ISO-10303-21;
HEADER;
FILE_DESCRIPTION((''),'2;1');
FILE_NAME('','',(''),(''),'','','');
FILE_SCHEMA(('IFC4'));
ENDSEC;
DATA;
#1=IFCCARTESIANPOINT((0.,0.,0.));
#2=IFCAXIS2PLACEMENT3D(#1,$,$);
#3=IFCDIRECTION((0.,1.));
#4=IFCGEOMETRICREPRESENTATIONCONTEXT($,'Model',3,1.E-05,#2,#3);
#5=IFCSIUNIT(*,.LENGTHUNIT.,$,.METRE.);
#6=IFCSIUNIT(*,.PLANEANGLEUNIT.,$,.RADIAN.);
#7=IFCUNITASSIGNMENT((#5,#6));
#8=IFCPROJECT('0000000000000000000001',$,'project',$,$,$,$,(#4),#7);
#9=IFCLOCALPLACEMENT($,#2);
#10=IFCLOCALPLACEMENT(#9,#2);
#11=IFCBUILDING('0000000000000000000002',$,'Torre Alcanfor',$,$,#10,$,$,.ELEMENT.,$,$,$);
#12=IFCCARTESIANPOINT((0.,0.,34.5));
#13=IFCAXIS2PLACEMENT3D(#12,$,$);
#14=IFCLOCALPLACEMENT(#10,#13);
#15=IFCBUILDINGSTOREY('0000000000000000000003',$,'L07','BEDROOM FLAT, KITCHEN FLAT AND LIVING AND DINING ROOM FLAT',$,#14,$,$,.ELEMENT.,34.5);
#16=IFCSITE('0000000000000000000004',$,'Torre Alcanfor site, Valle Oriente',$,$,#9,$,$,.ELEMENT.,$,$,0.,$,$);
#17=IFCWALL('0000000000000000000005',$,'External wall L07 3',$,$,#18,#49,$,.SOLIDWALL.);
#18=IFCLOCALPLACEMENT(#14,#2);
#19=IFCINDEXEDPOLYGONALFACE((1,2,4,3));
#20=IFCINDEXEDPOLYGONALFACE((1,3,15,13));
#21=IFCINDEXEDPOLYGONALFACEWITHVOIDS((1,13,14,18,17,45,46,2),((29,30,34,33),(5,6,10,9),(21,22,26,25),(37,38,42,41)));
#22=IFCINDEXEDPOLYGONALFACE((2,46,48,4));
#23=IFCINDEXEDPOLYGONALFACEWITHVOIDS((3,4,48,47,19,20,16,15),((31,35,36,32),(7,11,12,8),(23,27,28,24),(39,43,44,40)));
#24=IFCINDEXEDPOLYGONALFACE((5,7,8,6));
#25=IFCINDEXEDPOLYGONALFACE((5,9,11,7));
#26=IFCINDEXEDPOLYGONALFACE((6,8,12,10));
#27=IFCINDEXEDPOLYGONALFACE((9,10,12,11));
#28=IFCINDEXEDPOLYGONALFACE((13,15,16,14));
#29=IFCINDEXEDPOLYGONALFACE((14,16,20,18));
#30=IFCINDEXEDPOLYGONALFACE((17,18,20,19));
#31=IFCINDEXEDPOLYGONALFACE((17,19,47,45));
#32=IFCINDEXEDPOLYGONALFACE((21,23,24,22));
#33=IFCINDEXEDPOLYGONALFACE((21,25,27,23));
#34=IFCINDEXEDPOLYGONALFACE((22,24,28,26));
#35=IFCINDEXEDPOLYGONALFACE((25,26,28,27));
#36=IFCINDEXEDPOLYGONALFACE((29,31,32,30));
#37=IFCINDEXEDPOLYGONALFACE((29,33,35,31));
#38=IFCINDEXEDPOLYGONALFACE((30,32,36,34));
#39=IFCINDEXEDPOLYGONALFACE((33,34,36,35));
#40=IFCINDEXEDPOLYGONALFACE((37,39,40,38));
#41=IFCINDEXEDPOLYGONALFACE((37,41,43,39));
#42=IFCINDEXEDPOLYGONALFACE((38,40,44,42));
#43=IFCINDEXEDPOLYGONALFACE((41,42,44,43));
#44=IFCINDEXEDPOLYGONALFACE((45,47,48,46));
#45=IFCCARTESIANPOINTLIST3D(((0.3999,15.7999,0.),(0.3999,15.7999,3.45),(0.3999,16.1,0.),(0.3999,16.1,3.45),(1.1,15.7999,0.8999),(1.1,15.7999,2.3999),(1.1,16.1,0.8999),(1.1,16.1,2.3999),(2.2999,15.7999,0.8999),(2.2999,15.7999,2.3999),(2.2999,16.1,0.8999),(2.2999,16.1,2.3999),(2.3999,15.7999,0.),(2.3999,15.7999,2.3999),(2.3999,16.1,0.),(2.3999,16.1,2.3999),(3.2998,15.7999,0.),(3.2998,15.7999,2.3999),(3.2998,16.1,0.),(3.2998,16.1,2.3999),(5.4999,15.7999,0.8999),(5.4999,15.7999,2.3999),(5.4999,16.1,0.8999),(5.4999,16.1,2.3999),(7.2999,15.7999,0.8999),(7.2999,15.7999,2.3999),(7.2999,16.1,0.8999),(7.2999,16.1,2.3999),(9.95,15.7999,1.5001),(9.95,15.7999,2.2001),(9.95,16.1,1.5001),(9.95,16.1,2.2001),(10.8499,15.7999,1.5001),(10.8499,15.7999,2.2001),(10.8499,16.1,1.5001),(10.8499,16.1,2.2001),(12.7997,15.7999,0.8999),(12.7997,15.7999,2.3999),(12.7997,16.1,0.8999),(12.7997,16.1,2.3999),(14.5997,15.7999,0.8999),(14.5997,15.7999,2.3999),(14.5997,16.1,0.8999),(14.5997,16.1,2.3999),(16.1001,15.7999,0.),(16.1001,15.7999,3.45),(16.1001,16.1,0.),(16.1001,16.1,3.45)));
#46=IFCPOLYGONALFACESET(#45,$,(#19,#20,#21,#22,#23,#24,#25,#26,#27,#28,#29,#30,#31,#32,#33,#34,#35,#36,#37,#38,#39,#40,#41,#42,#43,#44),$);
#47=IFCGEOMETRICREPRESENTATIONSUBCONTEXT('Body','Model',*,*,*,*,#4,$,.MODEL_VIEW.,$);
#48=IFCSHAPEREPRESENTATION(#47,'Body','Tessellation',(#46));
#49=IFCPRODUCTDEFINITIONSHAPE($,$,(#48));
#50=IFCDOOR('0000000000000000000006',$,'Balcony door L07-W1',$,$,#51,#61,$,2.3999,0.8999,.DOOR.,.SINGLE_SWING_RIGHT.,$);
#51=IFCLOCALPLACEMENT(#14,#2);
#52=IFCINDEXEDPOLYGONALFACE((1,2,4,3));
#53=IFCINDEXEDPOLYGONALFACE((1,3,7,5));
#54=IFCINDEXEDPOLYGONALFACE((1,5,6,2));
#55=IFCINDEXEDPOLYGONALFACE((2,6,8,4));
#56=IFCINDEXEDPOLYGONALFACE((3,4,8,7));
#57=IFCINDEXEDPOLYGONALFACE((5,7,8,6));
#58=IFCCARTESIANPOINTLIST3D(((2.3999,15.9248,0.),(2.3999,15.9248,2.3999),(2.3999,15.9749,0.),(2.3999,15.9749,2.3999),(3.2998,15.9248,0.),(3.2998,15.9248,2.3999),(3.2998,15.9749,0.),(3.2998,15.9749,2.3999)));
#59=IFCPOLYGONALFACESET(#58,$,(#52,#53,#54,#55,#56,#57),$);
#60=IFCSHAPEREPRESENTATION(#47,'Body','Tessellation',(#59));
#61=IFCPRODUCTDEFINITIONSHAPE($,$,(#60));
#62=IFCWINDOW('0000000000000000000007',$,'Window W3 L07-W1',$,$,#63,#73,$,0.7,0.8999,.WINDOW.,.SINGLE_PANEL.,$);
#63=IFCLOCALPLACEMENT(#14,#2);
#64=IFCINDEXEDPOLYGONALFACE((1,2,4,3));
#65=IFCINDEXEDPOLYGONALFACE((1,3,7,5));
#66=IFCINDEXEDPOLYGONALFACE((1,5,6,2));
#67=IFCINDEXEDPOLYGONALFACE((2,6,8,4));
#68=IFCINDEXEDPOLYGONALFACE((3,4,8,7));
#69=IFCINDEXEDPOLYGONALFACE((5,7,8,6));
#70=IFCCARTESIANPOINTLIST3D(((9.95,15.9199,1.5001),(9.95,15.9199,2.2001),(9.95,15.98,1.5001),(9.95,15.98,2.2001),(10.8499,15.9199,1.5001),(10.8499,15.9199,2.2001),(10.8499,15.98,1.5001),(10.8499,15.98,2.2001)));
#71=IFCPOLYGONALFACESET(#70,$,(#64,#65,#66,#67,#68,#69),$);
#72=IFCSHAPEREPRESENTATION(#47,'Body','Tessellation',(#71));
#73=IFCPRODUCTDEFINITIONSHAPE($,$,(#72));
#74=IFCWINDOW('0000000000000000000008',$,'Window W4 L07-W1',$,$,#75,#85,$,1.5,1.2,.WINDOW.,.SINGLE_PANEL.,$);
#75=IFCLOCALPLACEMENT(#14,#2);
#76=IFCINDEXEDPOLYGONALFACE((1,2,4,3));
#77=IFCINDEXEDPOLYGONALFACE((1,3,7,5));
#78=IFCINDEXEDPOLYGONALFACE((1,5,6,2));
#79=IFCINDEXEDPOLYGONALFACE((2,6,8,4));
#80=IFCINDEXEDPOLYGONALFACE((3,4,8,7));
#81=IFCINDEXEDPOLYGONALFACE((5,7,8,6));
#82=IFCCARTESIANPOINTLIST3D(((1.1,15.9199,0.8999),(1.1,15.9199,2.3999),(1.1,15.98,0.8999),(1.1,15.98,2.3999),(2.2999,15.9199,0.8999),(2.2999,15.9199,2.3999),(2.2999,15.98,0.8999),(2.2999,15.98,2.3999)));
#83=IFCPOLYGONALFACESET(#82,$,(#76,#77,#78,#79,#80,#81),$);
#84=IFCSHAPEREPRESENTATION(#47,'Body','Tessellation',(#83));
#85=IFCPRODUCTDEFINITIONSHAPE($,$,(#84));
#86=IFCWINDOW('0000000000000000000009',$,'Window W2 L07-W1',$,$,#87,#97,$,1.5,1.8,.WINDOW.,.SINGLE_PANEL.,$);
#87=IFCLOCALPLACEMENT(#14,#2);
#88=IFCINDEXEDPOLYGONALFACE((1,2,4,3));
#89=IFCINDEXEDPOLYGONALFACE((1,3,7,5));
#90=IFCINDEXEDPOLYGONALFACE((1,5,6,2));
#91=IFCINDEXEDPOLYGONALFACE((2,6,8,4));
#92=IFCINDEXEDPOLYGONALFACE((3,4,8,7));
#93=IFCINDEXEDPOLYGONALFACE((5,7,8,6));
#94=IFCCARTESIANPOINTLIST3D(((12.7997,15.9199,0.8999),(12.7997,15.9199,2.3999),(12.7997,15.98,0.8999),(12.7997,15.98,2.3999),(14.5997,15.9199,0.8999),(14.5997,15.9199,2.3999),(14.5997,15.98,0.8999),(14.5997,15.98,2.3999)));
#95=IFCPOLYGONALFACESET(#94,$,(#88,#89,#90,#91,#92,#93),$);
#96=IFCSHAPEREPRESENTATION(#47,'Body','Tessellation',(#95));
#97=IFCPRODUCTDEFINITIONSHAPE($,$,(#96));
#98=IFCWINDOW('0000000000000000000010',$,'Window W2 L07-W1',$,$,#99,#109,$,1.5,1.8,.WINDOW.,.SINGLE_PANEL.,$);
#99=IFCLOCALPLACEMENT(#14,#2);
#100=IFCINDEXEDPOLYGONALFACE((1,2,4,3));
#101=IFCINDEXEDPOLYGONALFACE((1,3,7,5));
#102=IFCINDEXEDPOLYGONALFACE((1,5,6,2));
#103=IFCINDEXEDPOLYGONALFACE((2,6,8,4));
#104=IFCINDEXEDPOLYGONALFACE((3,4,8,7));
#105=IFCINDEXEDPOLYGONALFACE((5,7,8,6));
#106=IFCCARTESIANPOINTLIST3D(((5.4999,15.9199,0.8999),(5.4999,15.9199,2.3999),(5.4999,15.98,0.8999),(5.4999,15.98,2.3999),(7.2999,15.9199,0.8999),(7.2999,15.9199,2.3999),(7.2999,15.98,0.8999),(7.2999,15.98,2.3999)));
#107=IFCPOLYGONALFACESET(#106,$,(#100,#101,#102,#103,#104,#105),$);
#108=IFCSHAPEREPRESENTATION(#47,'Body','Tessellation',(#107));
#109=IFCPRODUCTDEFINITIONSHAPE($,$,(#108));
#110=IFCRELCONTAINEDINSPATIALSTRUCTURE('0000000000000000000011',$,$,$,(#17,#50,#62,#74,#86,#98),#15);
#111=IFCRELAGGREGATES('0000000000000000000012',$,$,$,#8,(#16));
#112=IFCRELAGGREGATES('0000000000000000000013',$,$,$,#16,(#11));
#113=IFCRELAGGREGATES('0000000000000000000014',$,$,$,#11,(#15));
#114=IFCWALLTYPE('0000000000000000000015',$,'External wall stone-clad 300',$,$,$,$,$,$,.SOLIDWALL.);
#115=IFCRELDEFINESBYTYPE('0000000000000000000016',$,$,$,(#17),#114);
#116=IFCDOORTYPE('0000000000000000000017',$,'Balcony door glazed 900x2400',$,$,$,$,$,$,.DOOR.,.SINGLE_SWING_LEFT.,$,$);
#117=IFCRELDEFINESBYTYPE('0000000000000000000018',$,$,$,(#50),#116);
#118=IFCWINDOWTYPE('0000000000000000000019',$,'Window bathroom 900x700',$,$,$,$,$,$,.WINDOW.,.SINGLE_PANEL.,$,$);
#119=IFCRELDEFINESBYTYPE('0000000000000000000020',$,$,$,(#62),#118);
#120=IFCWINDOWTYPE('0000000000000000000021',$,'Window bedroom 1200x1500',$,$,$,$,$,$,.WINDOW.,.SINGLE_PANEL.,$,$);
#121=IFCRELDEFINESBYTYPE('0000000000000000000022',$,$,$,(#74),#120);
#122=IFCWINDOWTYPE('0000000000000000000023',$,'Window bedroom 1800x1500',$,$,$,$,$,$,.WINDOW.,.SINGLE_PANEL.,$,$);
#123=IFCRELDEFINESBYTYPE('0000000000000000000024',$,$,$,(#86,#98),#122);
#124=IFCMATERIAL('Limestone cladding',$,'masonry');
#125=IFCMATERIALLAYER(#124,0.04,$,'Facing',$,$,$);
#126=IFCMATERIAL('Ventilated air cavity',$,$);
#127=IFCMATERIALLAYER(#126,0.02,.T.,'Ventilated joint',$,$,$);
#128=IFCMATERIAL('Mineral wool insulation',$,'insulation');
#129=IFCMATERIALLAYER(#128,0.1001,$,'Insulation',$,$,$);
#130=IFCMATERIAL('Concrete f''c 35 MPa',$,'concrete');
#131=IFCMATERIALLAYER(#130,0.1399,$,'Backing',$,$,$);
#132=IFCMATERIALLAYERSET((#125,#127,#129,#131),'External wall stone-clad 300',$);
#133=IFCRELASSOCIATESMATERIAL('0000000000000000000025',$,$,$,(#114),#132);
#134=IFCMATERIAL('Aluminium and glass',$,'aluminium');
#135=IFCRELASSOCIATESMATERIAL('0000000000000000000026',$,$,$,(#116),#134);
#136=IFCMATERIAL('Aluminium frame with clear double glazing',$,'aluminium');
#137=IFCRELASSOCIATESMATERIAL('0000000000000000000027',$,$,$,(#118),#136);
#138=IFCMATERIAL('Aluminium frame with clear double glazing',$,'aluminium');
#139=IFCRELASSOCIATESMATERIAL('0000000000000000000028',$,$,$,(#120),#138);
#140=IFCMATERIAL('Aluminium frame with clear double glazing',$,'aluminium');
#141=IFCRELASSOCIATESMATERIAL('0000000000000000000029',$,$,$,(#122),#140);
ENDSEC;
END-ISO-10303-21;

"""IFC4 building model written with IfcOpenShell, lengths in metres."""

from ifc_helpers import new_model, si_unit, direction, frame, frame_2d, origin, place, context, subcontext, project, spatial, rectangle, extrude, material, layer, layer_set, type_object, element, fill, save


model = new_model("IFC4")

# Units and contexts
model_context = context("Model", 3, precision=1e-05, world=origin(), true_north=direction((0.0, 1.0)))
body_context = subcontext(model_context, "Body", "Model", "MODEL_VIEW")
ifc_project = project(units=[si_unit("LENGTHUNIT", "METRE"), si_unit("PLANEANGLEUNIT", "RADIAN")], contexts=[model_context])

# Site, building, storey
site_placement = place(None, origin())
site = spatial("IfcSite", under=ifc_project, at=site_placement, Name="Torre Alcanfor site, Valle Oriente", CompositionType="ELEMENT", RefElevation=0.0)
building_placement = place(site_placement, origin())
building = spatial("IfcBuilding", under=site, at=building_placement, Name="Torre Alcanfor", CompositionType="ELEMENT")
storey_placement = place(building_placement, frame((0.0, 0.0, 34.5)))
storey = spatial("IfcBuildingStorey", under=building, at=storey_placement, Name="L07", Description="BEDROOM FLAT, KITCHEN FLAT AND LIVING AND DINING ROOM FLAT", CompositionType="ELEMENT", Elevation=34.5)

# Wall, openings, door, windows
ifc_material_1 = material(Name="Limestone cladding", Category="masonry")
ifc_layer_1 = layer(ifc_material_1, 0.04, Name="Facing")
ifc_material_2 = material(Name="Ventilated air cavity")
ifc_layer_2 = layer(ifc_material_2, 0.02, ventilated=True, Name="Ventilated joint")
ifc_material_3 = material(Name="Mineral wool insulation", Category="insulation")
ifc_layer_3 = layer(ifc_material_3, 0.1001, Name="Insulation")
ifc_material_4 = material(Name="Concrete f'c 35 MPa", Category="concrete")
ifc_layer_4 = layer(ifc_material_4, 0.1399, Name="Backing")
ifc_layer_set_1 = layer_set([ifc_layer_1, ifc_layer_2, ifc_layer_3, ifc_layer_4], Name="External wall stone-clad 300")
wall_type_1 = type_object("IfcWallType", Name="External wall stone-clad 300", PredefinedType="SOLIDWALL", material=ifc_layer_set_1)
wall_1_placement = place(storey_placement, frame((0.3999, 15.95, 0.0), z_axis=(0.0, 0.0, 1.0), x_axis=(1.0, 0.0, 0.0)))
wall_1 = element("IfcWall", 1, at=wall_1_placement, inside=storey, type_object=wall_type_1, Name="External wall L07 3", PredefinedType="SOLIDWALL", context=body_context, shape_type="SweptSolid", body=[
    extrude(rectangle(XDim=15.7002, YDim=0.3, at=frame_2d((7.8501, 0.0))), origin(), (0.0, 0.0, 1.0), 3.45),
])
opening_1_placement = place(wall_1_placement, frame((12.3999, 0.0, 0.8999)))
opening_1 = element("IfcOpeningElement", 2, at=opening_1_placement, cuts=wall_1, PredefinedType="OPENING", context=body_context, shape_type="SweptSolid", body=[
    extrude(rectangle(XDim=1.8, YDim=1.5, at=frame_2d((0.8999, 0.75))), frame((0.0, 0.1599, 0.0), z_axis=(0.0, -1.0, 0.0), x_axis=(1.0, 0.0, 0.0)), (0.0, 0.0, 1.0), 0.3201),
])
opening_2_placement = place(wall_1_placement, frame((9.55, 0.0, 1.5)))
opening_2 = element("IfcOpeningElement", 3, at=opening_2_placement, cuts=wall_1, PredefinedType="OPENING", context=body_context, shape_type="SweptSolid", body=[
    extrude(rectangle(XDim=0.8999, YDim=0.7, at=frame_2d((0.45, 0.3501))), frame((0.0, 0.1599, 0.0), z_axis=(0.0, -1.0, 0.0), x_axis=(1.0, 0.0, 0.0)), (0.0, 0.0, 1.0), 0.3201),
])
opening_3_placement = place(wall_1_placement, frame((5.1001, 0.0, 0.8999)))
opening_3 = element("IfcOpeningElement", 4, at=opening_3_placement, cuts=wall_1, PredefinedType="OPENING", context=body_context, shape_type="SweptSolid", body=[
    extrude(rectangle(XDim=1.8, YDim=1.5, at=frame_2d((0.8999, 0.75))), frame((0.0, 0.1599, 0.0), z_axis=(0.0, -1.0, 0.0), x_axis=(1.0, 0.0, 0.0)), (0.0, 0.0, 1.0), 0.3201),
])
opening_4_placement = place(wall_1_placement, frame((2.0, 0.0, 0.0)))
opening_4 = element("IfcOpeningElement", 5, at=opening_4_placement, cuts=wall_1, PredefinedType="OPENING", context=body_context, shape_type="SweptSolid", body=[
    extrude(rectangle(XDim=0.8999, YDim=2.3999, at=frame_2d((0.45, 1.2))), frame((0.0, 0.1599, 0.0), z_axis=(0.0, -1.0, 0.0), x_axis=(1.0, 0.0, 0.0)), (0.0, 0.0, 1.0), 0.3201),
])
opening_5_placement = place(wall_1_placement, frame((0.7, 0.0, 0.8999)))
opening_5 = element("IfcOpeningElement", 6, at=opening_5_placement, cuts=wall_1, PredefinedType="OPENING", context=body_context, shape_type="SweptSolid", body=[
    extrude(rectangle(XDim=1.2, YDim=1.5, at=frame_2d((0.6001, 0.75))), frame((0.0, 0.1599, 0.0), z_axis=(0.0, -1.0, 0.0), x_axis=(1.0, 0.0, 0.0)), (0.0, 0.0, 1.0), 0.3201),
])
ifc_material_5 = material(Name="Aluminium and glass", Category="aluminium")
door_type = type_object("IfcDoorType", Name="Balcony door glazed 900x2400", OperationType="SINGLE_SWING_LEFT", PredefinedType="DOOR", material=ifc_material_5)
door_1_placement = place(opening_4_placement, origin())
door_1 = element("IfcDoor", 7, at=door_1_placement, inside=storey, type_object=door_type, Name="Balcony door L07-W1", OperationType="SINGLE_SWING_RIGHT", OverallHeight=2.3999, OverallWidth=0.8999, PredefinedType="DOOR", context=body_context, shape_type="SweptSolid", body=[
    extrude(rectangle(XDim=0.8999, YDim=2.3999, at=frame_2d((0.45, 1.2))), frame((0.0, 0.0249, 0.0), z_axis=(0.0, -1.0, 0.0), x_axis=(1.0, 0.0, 0.0)), (0.0, 0.0, 1.0), 0.05),
])
fill(opening_4, door_1)
ifc_material_6 = material(Name="Aluminium frame with clear double glazing", Category="aluminium")
window_type_1 = type_object("IfcWindowType", Name="Window bathroom 900x700", PartitioningType="SINGLE_PANEL", PredefinedType="WINDOW", material=ifc_material_6)
window_1_placement = place(opening_2_placement, origin())
window_1 = element("IfcWindow", 8, at=window_1_placement, inside=storey, type_object=window_type_1, Name="Window W3 L07-W1", OverallHeight=0.7, OverallWidth=0.8999, PartitioningType="SINGLE_PANEL", PredefinedType="WINDOW", context=body_context, shape_type="SweptSolid", body=[
    extrude(rectangle(XDim=0.8999, YDim=0.7, at=frame_2d((0.45, 0.3501))), frame((0.0, 0.03, 0.0), z_axis=(0.0, -1.0, 0.0), x_axis=(1.0, 0.0, 0.0)), (0.0, 0.0, 1.0), 0.0601),
])
fill(opening_2, window_1)
ifc_material_7 = material(Name="Aluminium frame with clear double glazing", Category="aluminium")
window_type_2 = type_object("IfcWindowType", Name="Window bedroom 1200x1500", PartitioningType="SINGLE_PANEL", PredefinedType="WINDOW", material=ifc_material_7)
window_2_placement = place(opening_5_placement, origin())
window_2 = element("IfcWindow", 9, at=window_2_placement, inside=storey, type_object=window_type_2, Name="Window W4 L07-W1", OverallHeight=1.5, OverallWidth=1.2, PartitioningType="SINGLE_PANEL", PredefinedType="WINDOW", context=body_context, shape_type="SweptSolid", body=[
    extrude(rectangle(XDim=1.2, YDim=1.5, at=frame_2d((0.6001, 0.75))), frame((0.0, 0.03, 0.0), z_axis=(0.0, -1.0, 0.0), x_axis=(1.0, 0.0, 0.0)), (0.0, 0.0, 1.0), 0.0601),
])
fill(opening_5, window_2)
ifc_material_8 = material(Name="Aluminium frame with clear double glazing", Category="aluminium")
window_type_3 = type_object("IfcWindowType", Name="Window bedroom 1800x1500", PartitioningType="SINGLE_PANEL", PredefinedType="WINDOW", material=ifc_material_8)
window_3_placement = place(opening_1_placement, origin())
window_3 = element("IfcWindow", 10, at=window_3_placement, inside=storey, type_object=window_type_3, Name="Window W2 L07-W1", OverallHeight=1.5, OverallWidth=1.8, PartitioningType="SINGLE_PANEL", PredefinedType="WINDOW", context=body_context, shape_type="SweptSolid", body=[
    extrude(rectangle(XDim=1.8, YDim=1.5, at=frame_2d((0.8999, 0.75))), frame((0.0, 0.03, 0.0), z_axis=(0.0, -1.0, 0.0), x_axis=(1.0, 0.0, 0.0)), (0.0, 0.0, 1.0), 0.0601),
])
fill(opening_1, window_3)
window_4_placement = place(opening_3_placement, origin())
window_4 = element("IfcWindow", 11, at=window_4_placement, inside=storey, type_object=window_type_3, Name="Window W2 L07-W1", OverallHeight=1.5, OverallWidth=1.8, PartitioningType="SINGLE_PANEL", PredefinedType="WINDOW", context=body_context, shape_type="SweptSolid", body=[
    extrude(rectangle(XDim=1.8, YDim=1.5, at=frame_2d((0.8999, 0.75))), frame((0.0, 0.03, 0.0), z_axis=(0.0, -1.0, 0.0), x_axis=(1.0, 0.0, 0.0)), (0.0, 0.0, 1.0), 0.0601),
])
fill(opening_3, window_4)

save(model, "model.ifc")
